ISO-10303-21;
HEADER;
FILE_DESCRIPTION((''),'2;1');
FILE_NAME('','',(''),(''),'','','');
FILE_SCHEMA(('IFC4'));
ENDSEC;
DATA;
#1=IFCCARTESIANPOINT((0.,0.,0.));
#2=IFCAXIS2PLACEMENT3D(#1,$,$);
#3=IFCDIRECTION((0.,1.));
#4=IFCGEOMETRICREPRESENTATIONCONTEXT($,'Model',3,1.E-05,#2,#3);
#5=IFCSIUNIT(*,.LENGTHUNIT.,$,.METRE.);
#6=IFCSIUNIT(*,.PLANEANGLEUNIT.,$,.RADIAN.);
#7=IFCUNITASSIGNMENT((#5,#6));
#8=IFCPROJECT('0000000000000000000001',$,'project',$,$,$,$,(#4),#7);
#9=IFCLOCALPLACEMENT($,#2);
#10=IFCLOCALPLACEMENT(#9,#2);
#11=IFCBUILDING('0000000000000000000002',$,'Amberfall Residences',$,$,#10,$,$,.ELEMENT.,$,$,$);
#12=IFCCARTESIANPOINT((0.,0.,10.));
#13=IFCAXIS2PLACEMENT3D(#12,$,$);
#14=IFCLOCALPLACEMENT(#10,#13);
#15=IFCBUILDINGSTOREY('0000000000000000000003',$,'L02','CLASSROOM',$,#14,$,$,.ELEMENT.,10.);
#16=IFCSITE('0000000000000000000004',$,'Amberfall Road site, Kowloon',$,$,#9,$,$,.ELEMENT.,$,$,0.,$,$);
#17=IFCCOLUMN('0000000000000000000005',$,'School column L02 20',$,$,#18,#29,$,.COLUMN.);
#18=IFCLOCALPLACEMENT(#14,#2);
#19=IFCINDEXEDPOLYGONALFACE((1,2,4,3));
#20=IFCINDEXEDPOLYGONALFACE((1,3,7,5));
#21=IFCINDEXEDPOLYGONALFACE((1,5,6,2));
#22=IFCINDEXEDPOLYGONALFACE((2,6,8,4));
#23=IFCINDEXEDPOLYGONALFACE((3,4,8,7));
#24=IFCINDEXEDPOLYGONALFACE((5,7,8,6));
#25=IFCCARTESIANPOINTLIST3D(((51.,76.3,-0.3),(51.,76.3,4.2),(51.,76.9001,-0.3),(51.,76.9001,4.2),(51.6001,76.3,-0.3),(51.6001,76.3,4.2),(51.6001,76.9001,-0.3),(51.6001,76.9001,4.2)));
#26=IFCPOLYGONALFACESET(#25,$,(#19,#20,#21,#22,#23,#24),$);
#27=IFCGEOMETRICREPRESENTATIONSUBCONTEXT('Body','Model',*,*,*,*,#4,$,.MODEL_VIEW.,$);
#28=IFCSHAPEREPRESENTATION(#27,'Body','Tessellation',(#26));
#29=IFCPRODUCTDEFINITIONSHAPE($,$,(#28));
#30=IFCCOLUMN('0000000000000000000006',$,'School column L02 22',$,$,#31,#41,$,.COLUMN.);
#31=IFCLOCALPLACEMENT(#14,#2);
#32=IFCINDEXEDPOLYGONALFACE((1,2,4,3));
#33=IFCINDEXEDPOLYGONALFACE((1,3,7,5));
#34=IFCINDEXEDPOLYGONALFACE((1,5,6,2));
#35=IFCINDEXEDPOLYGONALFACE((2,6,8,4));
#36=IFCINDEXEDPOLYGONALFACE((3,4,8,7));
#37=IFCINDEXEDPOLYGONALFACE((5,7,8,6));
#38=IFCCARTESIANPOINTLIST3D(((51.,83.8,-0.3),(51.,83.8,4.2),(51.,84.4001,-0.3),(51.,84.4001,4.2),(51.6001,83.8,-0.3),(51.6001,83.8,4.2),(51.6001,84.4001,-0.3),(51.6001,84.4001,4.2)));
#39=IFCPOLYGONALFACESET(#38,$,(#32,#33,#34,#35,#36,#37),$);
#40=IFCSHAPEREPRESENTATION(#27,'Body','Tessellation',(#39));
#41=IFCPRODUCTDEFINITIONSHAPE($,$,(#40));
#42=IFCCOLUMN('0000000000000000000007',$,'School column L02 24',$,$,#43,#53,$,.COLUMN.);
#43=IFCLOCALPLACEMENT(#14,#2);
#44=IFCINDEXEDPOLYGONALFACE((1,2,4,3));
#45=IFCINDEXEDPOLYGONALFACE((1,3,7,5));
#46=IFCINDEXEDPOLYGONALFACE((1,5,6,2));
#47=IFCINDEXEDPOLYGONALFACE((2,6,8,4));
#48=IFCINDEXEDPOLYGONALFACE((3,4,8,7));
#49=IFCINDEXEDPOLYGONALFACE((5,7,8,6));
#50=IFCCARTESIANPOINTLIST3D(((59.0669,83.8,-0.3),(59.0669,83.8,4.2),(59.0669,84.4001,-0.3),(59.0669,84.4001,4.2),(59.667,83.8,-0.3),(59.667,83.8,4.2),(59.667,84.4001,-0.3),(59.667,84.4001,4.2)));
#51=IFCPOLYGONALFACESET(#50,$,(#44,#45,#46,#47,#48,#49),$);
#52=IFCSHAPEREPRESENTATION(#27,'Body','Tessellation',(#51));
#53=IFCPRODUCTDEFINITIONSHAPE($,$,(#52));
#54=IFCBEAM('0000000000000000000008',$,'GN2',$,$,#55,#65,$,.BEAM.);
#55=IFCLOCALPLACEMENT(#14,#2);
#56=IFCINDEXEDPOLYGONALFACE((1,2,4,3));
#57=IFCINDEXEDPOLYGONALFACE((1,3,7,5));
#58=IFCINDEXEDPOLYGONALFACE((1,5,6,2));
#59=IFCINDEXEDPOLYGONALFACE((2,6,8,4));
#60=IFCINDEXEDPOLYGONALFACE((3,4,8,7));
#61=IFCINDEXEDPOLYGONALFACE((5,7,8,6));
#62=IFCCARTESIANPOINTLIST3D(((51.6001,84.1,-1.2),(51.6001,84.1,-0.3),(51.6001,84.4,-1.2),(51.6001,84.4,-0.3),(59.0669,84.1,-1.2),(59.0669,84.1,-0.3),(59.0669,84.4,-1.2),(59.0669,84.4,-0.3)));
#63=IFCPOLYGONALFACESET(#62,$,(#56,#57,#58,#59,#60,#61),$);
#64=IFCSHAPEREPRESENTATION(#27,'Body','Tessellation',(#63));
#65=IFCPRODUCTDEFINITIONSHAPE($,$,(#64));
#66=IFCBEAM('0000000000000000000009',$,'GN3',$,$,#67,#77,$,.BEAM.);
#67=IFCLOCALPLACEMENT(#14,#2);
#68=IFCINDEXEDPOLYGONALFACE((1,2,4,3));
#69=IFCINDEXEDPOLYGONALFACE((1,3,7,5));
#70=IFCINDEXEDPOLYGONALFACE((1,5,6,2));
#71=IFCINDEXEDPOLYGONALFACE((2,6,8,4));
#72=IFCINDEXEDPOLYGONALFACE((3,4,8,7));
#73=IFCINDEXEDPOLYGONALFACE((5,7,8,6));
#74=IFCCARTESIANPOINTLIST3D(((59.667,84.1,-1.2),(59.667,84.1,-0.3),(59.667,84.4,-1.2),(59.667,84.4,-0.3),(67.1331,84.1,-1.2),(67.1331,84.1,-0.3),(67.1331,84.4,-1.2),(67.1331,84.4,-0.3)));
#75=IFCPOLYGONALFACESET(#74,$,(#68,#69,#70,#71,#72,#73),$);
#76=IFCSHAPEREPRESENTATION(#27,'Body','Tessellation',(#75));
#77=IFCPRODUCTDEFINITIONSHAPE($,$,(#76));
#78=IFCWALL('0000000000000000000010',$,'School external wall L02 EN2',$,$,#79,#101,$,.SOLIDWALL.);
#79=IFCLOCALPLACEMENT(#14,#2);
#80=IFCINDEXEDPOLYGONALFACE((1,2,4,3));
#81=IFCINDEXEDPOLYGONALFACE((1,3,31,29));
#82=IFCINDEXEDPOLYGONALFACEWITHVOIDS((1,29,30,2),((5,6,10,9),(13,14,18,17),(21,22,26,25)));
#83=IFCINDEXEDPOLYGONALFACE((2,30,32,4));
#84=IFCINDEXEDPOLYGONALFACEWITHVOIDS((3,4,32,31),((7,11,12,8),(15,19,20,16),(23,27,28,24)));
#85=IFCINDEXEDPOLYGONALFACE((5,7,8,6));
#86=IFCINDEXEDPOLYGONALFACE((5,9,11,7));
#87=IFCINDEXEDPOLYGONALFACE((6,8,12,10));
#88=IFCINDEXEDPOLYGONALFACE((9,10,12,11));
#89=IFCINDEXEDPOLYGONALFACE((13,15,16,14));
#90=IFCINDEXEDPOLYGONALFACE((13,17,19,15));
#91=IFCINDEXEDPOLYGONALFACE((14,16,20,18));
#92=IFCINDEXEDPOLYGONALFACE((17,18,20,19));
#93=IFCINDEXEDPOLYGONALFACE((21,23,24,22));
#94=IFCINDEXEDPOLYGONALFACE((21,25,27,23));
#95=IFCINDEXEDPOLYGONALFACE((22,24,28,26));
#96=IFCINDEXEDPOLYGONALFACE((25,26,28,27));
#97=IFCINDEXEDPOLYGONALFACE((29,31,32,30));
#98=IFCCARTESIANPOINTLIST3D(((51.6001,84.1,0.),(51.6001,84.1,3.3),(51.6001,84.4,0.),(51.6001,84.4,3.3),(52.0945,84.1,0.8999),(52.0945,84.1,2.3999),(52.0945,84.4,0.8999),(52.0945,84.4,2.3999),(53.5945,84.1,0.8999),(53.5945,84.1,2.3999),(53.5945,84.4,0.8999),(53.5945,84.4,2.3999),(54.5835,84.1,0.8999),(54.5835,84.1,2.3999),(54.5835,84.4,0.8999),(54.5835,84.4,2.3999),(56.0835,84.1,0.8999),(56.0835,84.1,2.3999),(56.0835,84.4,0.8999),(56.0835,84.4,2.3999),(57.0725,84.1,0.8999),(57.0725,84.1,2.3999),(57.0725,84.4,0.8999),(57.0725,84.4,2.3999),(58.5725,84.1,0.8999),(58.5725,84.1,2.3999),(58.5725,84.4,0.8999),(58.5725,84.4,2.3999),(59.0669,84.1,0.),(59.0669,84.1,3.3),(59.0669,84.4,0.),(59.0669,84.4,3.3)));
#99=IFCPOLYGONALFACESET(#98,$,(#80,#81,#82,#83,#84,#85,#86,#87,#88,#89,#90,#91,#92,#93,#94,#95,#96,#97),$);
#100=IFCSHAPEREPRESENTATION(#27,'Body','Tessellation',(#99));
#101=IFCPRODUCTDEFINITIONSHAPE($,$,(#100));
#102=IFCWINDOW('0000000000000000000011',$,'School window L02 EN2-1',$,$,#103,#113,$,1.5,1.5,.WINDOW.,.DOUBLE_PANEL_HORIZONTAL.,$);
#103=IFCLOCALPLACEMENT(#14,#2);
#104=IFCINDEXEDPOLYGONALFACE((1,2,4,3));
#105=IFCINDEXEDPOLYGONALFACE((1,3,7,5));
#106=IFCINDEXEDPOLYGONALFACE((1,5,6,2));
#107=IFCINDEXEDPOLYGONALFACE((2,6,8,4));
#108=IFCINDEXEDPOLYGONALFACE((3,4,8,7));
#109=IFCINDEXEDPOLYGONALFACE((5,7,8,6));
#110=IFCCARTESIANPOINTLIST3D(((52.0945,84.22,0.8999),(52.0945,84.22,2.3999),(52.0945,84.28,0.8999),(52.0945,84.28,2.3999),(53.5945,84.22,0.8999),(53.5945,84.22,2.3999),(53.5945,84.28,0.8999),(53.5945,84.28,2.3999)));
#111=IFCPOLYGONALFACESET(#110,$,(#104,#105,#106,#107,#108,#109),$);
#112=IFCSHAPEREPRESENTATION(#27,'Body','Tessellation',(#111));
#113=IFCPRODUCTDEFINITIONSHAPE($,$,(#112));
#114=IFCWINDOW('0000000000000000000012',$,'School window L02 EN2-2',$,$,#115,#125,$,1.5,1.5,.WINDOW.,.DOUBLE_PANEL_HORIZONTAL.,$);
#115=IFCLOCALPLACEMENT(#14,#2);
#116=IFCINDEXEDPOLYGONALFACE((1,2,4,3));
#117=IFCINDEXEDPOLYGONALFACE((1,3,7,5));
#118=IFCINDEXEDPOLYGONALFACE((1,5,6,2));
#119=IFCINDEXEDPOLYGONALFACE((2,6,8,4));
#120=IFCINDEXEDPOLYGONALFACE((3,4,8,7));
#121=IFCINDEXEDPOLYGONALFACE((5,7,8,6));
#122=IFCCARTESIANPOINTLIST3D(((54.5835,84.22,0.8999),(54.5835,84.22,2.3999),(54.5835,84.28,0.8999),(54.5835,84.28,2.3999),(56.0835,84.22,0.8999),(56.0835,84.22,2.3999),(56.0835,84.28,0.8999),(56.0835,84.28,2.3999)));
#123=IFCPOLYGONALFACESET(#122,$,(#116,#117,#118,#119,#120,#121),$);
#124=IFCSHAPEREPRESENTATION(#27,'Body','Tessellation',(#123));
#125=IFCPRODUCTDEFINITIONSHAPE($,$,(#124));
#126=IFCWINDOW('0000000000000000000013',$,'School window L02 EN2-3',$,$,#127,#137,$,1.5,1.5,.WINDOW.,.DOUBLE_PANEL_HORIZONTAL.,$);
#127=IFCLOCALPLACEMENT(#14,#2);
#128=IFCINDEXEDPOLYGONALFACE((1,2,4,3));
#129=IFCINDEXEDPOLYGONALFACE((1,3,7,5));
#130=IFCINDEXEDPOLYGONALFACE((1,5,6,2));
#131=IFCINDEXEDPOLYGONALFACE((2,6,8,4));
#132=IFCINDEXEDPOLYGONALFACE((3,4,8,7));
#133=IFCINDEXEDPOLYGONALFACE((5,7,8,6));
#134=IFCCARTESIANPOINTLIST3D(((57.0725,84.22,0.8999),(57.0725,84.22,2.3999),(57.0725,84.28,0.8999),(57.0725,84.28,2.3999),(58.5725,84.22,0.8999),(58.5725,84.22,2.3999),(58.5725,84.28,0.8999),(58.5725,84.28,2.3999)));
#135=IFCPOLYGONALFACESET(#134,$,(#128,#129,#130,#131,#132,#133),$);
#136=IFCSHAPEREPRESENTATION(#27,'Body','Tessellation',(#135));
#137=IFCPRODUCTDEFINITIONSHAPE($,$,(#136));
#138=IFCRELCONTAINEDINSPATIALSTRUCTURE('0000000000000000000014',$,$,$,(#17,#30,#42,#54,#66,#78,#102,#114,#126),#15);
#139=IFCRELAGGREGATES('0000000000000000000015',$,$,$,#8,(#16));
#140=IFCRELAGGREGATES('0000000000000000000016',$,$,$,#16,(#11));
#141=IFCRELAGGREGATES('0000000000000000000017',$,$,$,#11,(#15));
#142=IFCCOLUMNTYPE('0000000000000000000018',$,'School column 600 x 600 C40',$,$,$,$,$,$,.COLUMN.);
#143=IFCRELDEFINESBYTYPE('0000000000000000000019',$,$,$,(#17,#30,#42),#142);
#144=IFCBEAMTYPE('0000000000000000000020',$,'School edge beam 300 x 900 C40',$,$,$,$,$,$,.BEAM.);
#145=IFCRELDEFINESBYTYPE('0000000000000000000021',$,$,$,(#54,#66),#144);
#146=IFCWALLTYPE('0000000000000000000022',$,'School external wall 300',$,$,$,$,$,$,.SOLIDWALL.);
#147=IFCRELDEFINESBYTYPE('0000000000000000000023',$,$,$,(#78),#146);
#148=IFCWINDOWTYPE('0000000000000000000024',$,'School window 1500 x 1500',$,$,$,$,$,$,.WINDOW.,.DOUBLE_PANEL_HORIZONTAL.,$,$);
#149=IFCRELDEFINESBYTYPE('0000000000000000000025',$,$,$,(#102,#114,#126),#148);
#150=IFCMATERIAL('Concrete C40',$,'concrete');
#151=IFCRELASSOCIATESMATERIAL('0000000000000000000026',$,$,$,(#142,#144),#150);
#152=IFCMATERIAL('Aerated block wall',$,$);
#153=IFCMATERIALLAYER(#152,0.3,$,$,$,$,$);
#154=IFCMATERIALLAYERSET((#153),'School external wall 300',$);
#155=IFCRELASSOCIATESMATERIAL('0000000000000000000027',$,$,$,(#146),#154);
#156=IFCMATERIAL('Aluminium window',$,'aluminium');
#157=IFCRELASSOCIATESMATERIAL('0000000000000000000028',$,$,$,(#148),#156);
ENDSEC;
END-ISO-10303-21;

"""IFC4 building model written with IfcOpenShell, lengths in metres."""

from ifc_helpers import new_model, si_unit, direction, frame, frame_2d, origin, origin_2d, place, context, subcontext, project, spatial, rectangle, extrude, material, layer, layer_set, material_profile, profile_set, type_object, element, fill, save


model = new_model("IFC4")

# Units and contexts
model_context = context("Model", 3, precision=1e-05, world=origin(), true_north=direction((0.0, 1.0)))
body_context = subcontext(model_context, "Body", "Model", "MODEL_VIEW")
ifc_project = project(units=[si_unit("LENGTHUNIT", "METRE"), si_unit("PLANEANGLEUNIT", "RADIAN")], contexts=[model_context])

# Site, building, storey
site_placement = place(None, origin())
site = spatial("IfcSite", under=ifc_project, at=site_placement, Name="Amberfall Road site, Kowloon", CompositionType="ELEMENT", RefElevation=0.0)
building_placement = place(site_placement, origin())
building = spatial("IfcBuilding", under=site, at=building_placement, Name="Amberfall Residences", CompositionType="ELEMENT")
storey_placement = place(building_placement, frame((0.0, 0.0, 10.0)))
storey = spatial("IfcBuildingStorey", under=building, at=storey_placement, Name="L02", Description="CLASSROOM", CompositionType="ELEMENT", Elevation=10.0)

# Columns
ifc_material_1 = material(Name="Concrete C40", Category="concrete")
ifc_material_profile_1 = material_profile(ifc_material_1, rectangle(XDim=0.6001, YDim=0.6001, at=origin_2d()), Name="School column 600 x 600 C40")
ifc_profile_set_1 = profile_set([ifc_material_profile_1], Name="Concrete C40")
column_type = type_object("IfcColumnType", Name="School column 600 x 600 C40", PredefinedType="COLUMN", material=ifc_profile_set_1)
for number, where, z_axis, x_axis, name in (
    (1, (51.3, 76.6001, -0.3), (0.0, 0.0, 1.0), (1.0, 0.0, 0.0), "School column L02 20"),
    (2, (51.3, 84.1001, -0.3), (0.0, 0.0, 1.0), (1.0, 0.0, 0.0), "School column L02 22"),
    (3, (59.3669, 84.1001, -0.3), (0.0, 0.0, 1.0), (1.0, 0.0, 0.0), "School column L02 24"),
):
    element("IfcColumn", number, at=place(storey_placement, frame(where, z_axis=z_axis, x_axis=x_axis)), inside=storey, type_object=column_type, Name=name, PredefinedType="COLUMN", context=body_context, shape_type="SweptSolid", body=[
        extrude(rectangle(XDim=0.6001, YDim=0.6001, at=origin_2d()), origin(), (0.0, 0.0, 1.0), 4.5),
    ])

# Beams
ifc_material_profile_2 = material_profile(ifc_material_1, rectangle(XDim=0.3, YDim=0.8999, at=origin_2d()), Name="School edge beam 300 x 900 C40")
ifc_profile_set_2 = profile_set([ifc_material_profile_2], Name="Concrete C40")
beam_type = type_object("IfcBeamType", Name="School edge beam 300 x 900 C40", PredefinedType="BEAM", material=ifc_profile_set_2)
beam_1_placement = place(storey_placement, frame((51.6001, 84.25, -0.75), z_axis=(1.0, 0.0, 0.0), x_axis=(0.0, 1.0, 0.0)))
element("IfcBeam", 4, at=beam_1_placement, inside=storey, type_object=beam_type, Name="GN2", PredefinedType="BEAM", context=body_context, shape_type="SweptSolid", body=[
    extrude(rectangle(XDim=0.3, YDim=0.8999, at=origin_2d()), origin(), (0.0, 0.0, 1.0), 7.4668),
])
beam_2_placement = place(storey_placement, frame((59.667, 84.25, -0.75), z_axis=(1.0, 0.0, 0.0), x_axis=(0.0, 1.0, 0.0)))
element("IfcBeam", 5, at=beam_2_placement, inside=storey, type_object=beam_type, Name="GN3", PredefinedType="BEAM", context=body_context, shape_type="SweptSolid", body=[
    extrude(rectangle(XDim=0.3, YDim=0.8999, at=origin_2d()), origin(), (0.0, 0.0, 1.0), 7.4661),
])

# Wall, openings, windows
ifc_material_2 = material(Name="Aerated block wall")
ifc_layer_1 = layer(ifc_material_2, 0.3)
ifc_layer_set_1 = layer_set([ifc_layer_1], Name="School external wall 300")
wall_type_1 = type_object("IfcWallType", Name="School external wall 300", PredefinedType="SOLIDWALL", material=ifc_layer_set_1)
wall_1_placement = place(storey_placement, frame((51.6001, 84.25, 0.0), z_axis=(0.0, 0.0, 1.0), x_axis=(1.0, 0.0, 0.0)))
wall_1 = element("IfcWall", 6, at=wall_1_placement, inside=storey, type_object=wall_type_1, Name="School external wall L02 EN2", PredefinedType="SOLIDWALL", context=body_context, shape_type="SweptSolid", body=[
    extrude(rectangle(XDim=7.4668, YDim=0.3, at=frame_2d((3.7334, 0.0))), origin(), (0.0, 0.0, 1.0), 3.3),
])
opening_1_placement = place(wall_1_placement, frame((0.4944, 0.0, 0.8999)))
opening_1 = element("IfcOpeningElement", 7, at=opening_1_placement, cuts=wall_1, PredefinedType="OPENING", context=body_context, shape_type="SweptSolid", body=[
    extrude(rectangle(XDim=1.5, YDim=1.5, at=frame_2d((0.75, 0.75))), frame((0.0, 0.1599, 0.0), z_axis=(0.0, -1.0, 0.0), x_axis=(1.0, 0.0, 0.0)), (0.0, 0.0, 1.0), 0.3201),
])
opening_2_placement = place(wall_1_placement, frame((2.9834, 0.0, 0.8999)))
opening_2 = element("IfcOpeningElement", 8, at=opening_2_placement, cuts=wall_1, PredefinedType="OPENING", context=body_context, shape_type="SweptSolid", body=[
    extrude(rectangle(XDim=1.5, YDim=1.5, at=frame_2d((0.75, 0.75))), frame((0.0, 0.1599, 0.0), z_axis=(0.0, -1.0, 0.0), x_axis=(1.0, 0.0, 0.0)), (0.0, 0.0, 1.0), 0.3201),
])
opening_3_placement = place(wall_1_placement, frame((5.4724, 0.0, 0.8999)))
opening_3 = element("IfcOpeningElement", 9, at=opening_3_placement, cuts=wall_1, PredefinedType="OPENING", context=body_context, shape_type="SweptSolid", body=[
    extrude(rectangle(XDim=1.5, YDim=1.5, at=frame_2d((0.75, 0.75))), frame((0.0, 0.1599, 0.0), z_axis=(0.0, -1.0, 0.0), x_axis=(1.0, 0.0, 0.0)), (0.0, 0.0, 1.0), 0.3201),
])
ifc_material_3 = material(Name="Aluminium window", Category="aluminium")
window_type = type_object("IfcWindowType", Name="School window 1500 x 1500", PartitioningType="DOUBLE_PANEL_HORIZONTAL", PredefinedType="WINDOW", material=ifc_material_3)
window_1_placement = place(opening_1_placement, origin())
window_1 = element("IfcWindow", 10, at=window_1_placement, inside=storey, type_object=window_type, Name="School window L02 EN2-1", OverallHeight=1.5, OverallWidth=1.5, PartitioningType="DOUBLE_PANEL_HORIZONTAL", PredefinedType="WINDOW", context=body_context, shape_type="SweptSolid", body=[
    extrude(rectangle(XDim=1.5, YDim=1.5, at=frame_2d((0.75, 0.75))), frame((0.0, 0.03, 0.0), z_axis=(0.0, -1.0, 0.0), x_axis=(1.0, 0.0, 0.0)), (0.0, 0.0, 1.0), 0.0601),
])
fill(opening_1, window_1)
window_2_placement = place(opening_2_placement, origin())
window_2 = element("IfcWindow", 11, at=window_2_placement, inside=storey, type_object=window_type, Name="School window L02 EN2-2", OverallHeight=1.5, OverallWidth=1.5, PartitioningType="DOUBLE_PANEL_HORIZONTAL", PredefinedType="WINDOW", context=body_context, shape_type="SweptSolid", body=[
    extrude(rectangle(XDim=1.5, YDim=1.5, at=frame_2d((0.75, 0.75))), frame((0.0, 0.03, 0.0), z_axis=(0.0, -1.0, 0.0), x_axis=(1.0, 0.0, 0.0)), (0.0, 0.0, 1.0), 0.0601),
])
fill(opening_2, window_2)
window_3_placement = place(opening_3_placement, origin())
window_3 = element("IfcWindow", 12, at=window_3_placement, inside=storey, type_object=window_type, Name="School window L02 EN2-3", OverallHeight=1.5, OverallWidth=1.5, PartitioningType="DOUBLE_PANEL_HORIZONTAL", PredefinedType="WINDOW", context=body_context, shape_type="SweptSolid", body=[
    extrude(rectangle(XDim=1.5, YDim=1.5, at=frame_2d((0.75, 0.75))), frame((0.0, 0.03, 0.0), z_axis=(0.0, -1.0, 0.0), x_axis=(1.0, 0.0, 0.0)), (0.0, 0.0, 1.0), 0.0601),
])
fill(opening_3, window_3)

save(model, "model.ifc")
